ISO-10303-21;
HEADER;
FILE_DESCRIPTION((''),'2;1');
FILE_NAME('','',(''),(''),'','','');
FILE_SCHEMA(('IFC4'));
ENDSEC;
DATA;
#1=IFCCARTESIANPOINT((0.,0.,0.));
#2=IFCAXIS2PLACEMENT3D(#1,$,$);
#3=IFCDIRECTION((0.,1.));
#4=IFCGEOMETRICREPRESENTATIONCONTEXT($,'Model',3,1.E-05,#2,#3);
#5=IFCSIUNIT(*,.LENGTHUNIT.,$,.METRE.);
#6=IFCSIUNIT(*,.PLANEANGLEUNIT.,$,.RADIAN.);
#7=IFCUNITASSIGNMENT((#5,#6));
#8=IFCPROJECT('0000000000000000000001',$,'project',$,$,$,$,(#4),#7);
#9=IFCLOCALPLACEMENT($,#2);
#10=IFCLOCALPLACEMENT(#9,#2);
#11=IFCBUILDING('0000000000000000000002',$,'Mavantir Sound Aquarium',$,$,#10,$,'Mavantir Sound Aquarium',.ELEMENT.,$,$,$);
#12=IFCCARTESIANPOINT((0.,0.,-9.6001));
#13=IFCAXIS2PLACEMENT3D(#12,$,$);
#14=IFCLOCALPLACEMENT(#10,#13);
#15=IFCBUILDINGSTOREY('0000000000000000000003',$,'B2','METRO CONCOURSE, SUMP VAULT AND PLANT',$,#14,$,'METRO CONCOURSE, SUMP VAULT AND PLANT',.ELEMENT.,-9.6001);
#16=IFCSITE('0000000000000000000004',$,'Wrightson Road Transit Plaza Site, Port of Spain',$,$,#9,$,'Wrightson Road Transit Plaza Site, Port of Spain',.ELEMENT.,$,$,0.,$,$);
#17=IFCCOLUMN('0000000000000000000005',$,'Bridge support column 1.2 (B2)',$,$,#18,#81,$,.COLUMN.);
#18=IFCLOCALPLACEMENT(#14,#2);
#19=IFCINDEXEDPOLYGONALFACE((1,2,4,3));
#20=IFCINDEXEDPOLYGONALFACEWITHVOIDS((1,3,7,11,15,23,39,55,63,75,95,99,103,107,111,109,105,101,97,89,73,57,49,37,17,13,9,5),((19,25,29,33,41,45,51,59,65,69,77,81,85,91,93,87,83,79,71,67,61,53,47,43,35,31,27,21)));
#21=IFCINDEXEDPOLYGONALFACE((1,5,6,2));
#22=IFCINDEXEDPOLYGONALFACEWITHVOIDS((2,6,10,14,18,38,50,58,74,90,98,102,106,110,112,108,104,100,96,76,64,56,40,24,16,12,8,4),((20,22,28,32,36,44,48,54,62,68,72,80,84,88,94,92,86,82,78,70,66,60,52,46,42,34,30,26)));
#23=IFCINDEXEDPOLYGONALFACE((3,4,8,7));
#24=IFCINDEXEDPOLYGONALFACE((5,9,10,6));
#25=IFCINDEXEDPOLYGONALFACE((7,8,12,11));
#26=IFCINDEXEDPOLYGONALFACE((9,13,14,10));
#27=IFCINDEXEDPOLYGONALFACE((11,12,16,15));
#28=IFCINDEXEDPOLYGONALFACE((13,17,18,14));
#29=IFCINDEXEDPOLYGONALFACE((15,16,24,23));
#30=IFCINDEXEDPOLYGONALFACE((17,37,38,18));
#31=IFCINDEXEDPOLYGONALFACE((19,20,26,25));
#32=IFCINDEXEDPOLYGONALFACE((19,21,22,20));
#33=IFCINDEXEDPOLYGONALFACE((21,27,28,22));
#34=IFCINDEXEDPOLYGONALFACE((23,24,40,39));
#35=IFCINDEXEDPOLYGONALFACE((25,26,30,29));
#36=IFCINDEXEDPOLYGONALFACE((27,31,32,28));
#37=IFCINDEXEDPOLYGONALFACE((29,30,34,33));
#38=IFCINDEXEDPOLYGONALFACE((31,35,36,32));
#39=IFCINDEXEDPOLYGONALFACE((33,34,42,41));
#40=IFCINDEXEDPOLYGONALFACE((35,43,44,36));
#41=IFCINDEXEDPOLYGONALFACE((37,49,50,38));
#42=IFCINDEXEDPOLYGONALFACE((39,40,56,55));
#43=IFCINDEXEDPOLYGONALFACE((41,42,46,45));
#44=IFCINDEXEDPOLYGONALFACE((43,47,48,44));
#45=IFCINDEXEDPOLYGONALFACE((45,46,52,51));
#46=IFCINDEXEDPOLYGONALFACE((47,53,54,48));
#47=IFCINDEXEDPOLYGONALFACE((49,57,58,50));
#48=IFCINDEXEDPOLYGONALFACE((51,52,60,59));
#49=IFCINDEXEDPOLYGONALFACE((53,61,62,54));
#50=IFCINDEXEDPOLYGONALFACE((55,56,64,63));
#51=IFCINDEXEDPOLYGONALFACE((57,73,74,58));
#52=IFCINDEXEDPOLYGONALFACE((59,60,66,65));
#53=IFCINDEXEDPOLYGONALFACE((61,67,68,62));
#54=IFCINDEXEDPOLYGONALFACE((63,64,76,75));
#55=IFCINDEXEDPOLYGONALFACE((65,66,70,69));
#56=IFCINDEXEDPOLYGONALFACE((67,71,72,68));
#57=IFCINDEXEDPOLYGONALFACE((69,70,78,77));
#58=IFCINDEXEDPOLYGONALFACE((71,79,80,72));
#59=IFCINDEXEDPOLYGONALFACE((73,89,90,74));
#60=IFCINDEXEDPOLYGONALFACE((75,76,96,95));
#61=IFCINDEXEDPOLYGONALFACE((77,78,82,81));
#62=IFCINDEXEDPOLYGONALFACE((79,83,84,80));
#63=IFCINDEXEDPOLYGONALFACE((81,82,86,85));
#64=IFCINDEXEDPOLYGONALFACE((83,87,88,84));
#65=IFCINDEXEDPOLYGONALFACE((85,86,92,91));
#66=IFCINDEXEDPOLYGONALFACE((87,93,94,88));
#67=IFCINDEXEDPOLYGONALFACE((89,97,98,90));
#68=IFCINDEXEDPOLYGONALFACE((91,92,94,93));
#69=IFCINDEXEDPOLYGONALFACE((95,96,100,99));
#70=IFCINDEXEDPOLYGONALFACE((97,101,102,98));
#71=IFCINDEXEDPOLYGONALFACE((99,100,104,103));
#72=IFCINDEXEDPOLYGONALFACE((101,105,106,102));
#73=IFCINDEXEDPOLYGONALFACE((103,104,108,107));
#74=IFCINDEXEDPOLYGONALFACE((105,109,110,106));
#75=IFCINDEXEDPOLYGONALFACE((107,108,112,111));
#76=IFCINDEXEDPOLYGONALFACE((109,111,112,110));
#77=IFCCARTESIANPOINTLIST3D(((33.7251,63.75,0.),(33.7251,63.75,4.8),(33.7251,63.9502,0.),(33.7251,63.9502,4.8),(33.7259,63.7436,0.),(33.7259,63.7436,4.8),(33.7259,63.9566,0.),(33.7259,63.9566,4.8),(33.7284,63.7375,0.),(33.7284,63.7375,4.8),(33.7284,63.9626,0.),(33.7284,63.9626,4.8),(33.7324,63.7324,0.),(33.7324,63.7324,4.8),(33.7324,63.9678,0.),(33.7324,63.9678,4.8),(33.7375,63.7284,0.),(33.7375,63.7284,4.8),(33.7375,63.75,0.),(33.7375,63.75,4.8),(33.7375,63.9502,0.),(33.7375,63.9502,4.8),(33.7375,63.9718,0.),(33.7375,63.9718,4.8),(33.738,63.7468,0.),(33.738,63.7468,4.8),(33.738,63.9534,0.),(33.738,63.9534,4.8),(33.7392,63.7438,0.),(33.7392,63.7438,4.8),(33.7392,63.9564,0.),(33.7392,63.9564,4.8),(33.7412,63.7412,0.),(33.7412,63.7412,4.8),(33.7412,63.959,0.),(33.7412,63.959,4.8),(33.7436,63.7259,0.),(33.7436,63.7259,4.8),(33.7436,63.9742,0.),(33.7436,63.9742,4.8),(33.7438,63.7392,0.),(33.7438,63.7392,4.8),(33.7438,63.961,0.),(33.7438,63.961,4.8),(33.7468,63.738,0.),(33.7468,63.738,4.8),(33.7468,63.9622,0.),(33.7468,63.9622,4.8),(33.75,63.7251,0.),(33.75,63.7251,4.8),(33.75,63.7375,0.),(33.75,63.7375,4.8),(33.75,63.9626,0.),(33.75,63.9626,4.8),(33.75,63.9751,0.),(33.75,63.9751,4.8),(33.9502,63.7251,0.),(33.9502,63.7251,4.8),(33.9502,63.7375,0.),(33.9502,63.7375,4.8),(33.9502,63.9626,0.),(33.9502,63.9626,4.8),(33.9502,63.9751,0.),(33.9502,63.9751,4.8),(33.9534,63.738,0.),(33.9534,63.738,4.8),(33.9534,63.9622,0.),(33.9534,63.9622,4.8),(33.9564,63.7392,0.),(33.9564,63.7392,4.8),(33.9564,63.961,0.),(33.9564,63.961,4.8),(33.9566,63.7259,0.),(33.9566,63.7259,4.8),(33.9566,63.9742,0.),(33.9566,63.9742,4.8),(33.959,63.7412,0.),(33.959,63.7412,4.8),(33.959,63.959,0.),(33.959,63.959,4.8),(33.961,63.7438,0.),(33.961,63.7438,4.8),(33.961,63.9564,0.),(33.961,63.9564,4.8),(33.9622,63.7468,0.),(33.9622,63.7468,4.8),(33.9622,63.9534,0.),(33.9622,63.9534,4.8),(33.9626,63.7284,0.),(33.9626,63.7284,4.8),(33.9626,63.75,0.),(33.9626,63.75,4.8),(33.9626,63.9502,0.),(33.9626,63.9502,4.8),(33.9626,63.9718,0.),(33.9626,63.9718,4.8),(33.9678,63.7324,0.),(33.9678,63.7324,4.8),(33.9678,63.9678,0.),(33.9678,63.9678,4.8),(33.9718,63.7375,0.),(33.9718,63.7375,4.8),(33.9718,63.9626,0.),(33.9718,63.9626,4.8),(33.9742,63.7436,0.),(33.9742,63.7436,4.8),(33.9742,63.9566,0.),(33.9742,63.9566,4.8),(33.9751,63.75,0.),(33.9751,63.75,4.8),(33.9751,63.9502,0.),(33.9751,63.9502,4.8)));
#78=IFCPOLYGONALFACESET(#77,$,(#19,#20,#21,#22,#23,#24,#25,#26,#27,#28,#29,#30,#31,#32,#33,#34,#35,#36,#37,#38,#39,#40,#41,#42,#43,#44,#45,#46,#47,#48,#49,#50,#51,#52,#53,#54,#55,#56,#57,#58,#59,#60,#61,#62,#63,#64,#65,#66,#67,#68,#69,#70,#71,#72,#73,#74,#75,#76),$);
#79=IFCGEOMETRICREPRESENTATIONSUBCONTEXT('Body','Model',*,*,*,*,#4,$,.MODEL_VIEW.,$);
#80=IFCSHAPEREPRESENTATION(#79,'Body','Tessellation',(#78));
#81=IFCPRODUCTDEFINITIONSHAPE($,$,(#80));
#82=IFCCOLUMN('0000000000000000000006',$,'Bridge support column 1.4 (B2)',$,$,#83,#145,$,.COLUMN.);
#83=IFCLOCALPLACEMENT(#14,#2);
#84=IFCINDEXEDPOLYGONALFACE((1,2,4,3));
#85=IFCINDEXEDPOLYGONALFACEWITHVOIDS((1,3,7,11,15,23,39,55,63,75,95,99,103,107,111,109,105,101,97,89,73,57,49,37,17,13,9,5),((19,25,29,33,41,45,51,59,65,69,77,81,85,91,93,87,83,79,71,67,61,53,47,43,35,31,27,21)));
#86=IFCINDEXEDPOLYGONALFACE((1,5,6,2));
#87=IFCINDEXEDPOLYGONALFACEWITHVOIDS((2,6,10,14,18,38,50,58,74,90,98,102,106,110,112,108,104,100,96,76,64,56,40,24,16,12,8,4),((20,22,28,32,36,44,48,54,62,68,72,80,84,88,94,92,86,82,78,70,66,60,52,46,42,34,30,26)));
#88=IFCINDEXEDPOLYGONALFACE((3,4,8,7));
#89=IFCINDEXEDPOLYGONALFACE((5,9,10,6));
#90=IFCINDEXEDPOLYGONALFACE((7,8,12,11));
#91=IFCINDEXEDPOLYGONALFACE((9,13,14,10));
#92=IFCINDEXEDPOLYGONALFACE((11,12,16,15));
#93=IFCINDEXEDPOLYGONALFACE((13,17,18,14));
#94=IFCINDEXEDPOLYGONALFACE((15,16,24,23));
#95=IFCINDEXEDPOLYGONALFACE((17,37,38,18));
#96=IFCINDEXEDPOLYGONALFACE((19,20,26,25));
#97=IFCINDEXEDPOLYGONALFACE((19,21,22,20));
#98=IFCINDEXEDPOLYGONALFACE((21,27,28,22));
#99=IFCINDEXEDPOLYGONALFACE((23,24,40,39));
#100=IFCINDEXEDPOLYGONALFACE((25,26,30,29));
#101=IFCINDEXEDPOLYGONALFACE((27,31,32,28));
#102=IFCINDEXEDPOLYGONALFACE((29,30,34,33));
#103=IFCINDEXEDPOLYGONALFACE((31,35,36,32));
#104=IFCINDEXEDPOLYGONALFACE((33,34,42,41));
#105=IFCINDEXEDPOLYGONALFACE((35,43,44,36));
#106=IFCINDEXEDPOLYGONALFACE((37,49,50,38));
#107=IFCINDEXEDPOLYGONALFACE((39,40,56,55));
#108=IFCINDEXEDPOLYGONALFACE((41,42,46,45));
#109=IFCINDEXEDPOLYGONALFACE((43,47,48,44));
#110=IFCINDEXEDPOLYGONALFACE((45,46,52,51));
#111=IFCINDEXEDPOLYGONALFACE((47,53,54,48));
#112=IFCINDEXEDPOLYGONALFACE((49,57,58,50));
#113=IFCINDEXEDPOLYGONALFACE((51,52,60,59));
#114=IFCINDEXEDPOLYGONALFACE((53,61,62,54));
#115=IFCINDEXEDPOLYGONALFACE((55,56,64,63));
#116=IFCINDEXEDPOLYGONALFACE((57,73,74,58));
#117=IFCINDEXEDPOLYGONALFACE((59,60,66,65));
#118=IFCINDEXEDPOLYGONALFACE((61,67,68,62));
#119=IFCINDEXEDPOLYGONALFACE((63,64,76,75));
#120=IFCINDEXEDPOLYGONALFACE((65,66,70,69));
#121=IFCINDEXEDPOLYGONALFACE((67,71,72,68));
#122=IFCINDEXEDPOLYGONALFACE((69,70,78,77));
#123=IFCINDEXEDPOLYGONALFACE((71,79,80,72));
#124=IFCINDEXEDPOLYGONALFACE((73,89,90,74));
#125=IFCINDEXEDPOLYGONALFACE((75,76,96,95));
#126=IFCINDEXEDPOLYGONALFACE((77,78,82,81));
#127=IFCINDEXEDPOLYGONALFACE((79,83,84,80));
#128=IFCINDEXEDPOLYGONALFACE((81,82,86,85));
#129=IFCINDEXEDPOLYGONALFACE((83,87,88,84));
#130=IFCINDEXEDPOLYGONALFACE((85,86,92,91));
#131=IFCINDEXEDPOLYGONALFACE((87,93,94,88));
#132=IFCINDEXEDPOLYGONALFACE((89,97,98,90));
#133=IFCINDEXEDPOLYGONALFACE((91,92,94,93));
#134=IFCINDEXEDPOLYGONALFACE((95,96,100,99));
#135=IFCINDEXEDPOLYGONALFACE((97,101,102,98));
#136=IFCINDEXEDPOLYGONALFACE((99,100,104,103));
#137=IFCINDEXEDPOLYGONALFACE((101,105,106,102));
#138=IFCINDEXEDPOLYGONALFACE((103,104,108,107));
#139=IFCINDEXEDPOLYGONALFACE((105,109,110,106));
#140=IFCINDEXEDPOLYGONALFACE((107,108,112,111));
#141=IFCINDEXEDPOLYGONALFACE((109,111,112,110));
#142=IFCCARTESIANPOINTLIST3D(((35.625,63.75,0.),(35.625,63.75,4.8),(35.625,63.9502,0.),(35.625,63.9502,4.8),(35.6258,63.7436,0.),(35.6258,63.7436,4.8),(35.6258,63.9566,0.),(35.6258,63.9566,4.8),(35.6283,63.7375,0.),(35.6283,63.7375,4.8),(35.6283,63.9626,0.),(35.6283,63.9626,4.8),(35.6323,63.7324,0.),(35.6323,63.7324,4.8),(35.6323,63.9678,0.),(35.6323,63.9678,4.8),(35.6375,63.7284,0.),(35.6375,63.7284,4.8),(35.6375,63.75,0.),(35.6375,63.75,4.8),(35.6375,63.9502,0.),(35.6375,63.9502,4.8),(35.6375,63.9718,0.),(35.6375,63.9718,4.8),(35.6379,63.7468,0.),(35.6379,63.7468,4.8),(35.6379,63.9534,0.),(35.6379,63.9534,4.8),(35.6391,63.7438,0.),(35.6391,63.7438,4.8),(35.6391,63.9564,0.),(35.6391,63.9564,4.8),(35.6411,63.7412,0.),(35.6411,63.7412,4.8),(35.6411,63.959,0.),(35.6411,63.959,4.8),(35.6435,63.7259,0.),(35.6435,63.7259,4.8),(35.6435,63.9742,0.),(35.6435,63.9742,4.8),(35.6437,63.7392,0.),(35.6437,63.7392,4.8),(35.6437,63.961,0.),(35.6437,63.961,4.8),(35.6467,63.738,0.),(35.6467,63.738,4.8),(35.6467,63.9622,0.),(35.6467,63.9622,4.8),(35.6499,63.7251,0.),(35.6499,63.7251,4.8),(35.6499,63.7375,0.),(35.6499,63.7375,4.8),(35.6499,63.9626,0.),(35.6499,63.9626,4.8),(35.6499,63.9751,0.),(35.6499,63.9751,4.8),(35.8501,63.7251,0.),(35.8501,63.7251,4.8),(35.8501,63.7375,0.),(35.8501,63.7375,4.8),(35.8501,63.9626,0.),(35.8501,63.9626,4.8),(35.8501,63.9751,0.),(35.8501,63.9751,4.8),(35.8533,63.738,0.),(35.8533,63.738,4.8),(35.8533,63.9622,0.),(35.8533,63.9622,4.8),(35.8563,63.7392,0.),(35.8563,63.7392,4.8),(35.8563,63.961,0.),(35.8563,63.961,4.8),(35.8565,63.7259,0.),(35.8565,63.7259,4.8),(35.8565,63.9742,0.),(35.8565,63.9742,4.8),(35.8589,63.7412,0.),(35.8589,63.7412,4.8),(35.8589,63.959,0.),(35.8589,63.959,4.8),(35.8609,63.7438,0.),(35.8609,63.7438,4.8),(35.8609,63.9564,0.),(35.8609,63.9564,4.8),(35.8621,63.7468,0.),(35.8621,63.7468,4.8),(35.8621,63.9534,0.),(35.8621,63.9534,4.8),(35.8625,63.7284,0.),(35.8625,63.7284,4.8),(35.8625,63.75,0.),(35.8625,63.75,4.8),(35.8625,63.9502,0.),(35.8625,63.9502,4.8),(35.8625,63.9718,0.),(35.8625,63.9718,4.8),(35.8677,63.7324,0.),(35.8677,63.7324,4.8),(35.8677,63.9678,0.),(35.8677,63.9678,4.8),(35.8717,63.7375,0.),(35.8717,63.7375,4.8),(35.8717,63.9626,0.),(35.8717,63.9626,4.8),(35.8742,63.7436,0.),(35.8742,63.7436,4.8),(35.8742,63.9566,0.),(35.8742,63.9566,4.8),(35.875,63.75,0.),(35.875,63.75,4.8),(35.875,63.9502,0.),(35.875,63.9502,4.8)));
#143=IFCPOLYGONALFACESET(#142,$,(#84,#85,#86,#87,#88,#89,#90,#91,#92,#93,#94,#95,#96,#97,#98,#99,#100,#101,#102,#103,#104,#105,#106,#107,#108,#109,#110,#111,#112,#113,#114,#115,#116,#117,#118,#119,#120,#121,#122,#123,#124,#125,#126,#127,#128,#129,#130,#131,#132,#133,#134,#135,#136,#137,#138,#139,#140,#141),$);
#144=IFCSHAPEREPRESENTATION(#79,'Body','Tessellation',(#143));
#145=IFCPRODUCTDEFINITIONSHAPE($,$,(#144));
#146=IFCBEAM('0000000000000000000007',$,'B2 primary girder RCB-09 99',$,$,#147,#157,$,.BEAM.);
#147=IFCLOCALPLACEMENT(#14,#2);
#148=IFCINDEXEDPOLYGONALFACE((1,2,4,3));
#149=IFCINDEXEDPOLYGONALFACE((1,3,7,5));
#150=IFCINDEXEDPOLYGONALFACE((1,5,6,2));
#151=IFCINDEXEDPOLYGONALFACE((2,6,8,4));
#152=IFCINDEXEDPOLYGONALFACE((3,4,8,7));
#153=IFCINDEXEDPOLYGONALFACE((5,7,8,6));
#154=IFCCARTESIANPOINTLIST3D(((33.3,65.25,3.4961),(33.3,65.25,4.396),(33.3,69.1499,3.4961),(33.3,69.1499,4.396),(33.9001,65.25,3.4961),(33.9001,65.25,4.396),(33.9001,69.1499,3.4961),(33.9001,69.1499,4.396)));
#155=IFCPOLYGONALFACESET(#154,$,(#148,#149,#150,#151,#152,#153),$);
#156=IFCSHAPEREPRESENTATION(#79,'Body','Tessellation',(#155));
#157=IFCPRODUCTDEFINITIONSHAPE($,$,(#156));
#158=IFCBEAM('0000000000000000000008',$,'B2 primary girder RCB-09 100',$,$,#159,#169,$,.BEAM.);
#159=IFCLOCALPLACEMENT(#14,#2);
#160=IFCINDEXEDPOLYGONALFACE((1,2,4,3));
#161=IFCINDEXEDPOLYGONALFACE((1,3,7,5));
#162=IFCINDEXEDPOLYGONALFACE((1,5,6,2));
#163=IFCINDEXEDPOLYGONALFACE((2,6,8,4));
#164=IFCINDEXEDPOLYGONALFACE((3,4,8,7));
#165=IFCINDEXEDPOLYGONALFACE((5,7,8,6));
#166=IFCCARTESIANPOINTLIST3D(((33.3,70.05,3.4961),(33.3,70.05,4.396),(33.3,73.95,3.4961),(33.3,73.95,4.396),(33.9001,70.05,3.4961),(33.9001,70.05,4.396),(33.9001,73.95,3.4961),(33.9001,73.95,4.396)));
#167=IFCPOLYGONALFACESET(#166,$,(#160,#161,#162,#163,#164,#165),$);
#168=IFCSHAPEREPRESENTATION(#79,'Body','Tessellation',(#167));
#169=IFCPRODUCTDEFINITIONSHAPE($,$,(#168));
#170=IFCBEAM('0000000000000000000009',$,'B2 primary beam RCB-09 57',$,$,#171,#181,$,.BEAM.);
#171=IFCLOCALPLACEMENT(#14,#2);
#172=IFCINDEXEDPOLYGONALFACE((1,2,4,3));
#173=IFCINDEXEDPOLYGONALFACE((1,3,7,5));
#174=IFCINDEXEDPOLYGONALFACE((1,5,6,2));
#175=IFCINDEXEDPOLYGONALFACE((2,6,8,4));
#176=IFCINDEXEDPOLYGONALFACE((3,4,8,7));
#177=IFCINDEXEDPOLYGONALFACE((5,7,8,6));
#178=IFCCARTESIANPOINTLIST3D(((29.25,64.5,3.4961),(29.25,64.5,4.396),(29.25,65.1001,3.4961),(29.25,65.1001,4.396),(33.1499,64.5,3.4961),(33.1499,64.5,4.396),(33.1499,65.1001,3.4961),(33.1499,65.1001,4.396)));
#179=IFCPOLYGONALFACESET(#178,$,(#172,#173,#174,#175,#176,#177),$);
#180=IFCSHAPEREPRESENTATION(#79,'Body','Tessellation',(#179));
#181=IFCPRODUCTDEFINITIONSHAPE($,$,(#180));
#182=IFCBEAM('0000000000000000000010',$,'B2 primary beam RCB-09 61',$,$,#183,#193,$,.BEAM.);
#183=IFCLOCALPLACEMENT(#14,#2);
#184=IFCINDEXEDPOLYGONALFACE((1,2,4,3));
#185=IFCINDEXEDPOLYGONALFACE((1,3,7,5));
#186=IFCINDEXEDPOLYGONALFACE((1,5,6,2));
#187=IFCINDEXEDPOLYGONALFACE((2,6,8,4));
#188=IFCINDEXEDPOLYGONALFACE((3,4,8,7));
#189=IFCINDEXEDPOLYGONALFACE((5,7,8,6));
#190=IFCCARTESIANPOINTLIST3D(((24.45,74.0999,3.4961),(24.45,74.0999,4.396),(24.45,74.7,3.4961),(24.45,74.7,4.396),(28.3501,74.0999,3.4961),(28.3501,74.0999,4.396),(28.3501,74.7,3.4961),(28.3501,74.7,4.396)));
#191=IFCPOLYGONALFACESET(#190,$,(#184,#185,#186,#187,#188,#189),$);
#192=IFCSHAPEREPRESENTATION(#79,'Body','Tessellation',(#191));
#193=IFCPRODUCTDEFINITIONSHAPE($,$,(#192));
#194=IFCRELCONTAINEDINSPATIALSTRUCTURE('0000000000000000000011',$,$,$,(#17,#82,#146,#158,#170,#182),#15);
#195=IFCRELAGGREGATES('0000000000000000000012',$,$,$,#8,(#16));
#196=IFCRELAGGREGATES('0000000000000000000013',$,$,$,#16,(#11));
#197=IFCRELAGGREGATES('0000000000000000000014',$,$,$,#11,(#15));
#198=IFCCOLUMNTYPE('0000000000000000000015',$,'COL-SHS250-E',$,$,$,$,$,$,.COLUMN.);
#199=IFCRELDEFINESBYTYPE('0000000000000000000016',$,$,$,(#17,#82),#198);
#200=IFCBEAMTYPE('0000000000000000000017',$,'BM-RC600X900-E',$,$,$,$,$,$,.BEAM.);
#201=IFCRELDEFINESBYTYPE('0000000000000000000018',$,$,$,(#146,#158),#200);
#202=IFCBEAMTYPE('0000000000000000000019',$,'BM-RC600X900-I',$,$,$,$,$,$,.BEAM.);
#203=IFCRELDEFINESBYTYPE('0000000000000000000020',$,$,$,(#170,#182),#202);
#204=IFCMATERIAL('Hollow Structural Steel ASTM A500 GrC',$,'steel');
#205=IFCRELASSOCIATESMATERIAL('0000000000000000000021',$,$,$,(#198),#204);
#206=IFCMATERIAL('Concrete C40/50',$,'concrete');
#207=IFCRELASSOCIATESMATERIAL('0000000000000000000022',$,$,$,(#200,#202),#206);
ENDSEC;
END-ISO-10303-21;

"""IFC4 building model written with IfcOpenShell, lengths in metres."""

from ifc_helpers import new_model, si_unit, direction, frame, origin, origin_2d, place, context, subcontext, project, spatial, rectangle, hollow_rectangle, extrude, material, material_profile, profile_set, type_object, element, save


model = new_model("IFC4")

# Units and contexts
model_context = context("Model", 3, precision=1e-05, world=origin(), true_north=direction((0.0, 1.0)))
body_context = subcontext(model_context, "Body", "Model", "MODEL_VIEW")
ifc_project = project(units=[si_unit("LENGTHUNIT", "METRE"), si_unit("PLANEANGLEUNIT", "RADIAN")], contexts=[model_context])

# Site, building, storey
site_placement = place(None, origin())
site = spatial("IfcSite", under=ifc_project, at=site_placement, Name="Wrightson Road Transit Plaza Site, Port of Spain", LongName="Wrightson Road Transit Plaza Site, Port of Spain", CompositionType="ELEMENT", RefElevation=0.0)
building_placement = place(site_placement, origin())
building = spatial("IfcBuilding", under=site, at=building_placement, Name="Mavantir Sound Aquarium", LongName="Mavantir Sound Aquarium", CompositionType="ELEMENT")
storey_placement = place(building_placement, frame((0.0, 0.0, -9.6001)))
storey = spatial("IfcBuildingStorey", under=building, at=storey_placement, Name="B2", Description="METRO CONCOURSE, SUMP VAULT AND PLANT", LongName="METRO CONCOURSE, SUMP VAULT AND PLANT", CompositionType="ELEMENT", Elevation=-9.6001)

# Shared definitions
ifc_material_1 = material(Name="Concrete C40/50", Category="concrete")

# Columns
ifc_material_2 = material(Name="Hollow Structural Steel ASTM A500 GrC", Category="steel")
ifc_material_profile_1 = material_profile(ifc_material_2, hollow_rectangle(XDim=0.25, YDim=0.25, WallThickness=0.0125, InnerFilletRadius=0.0125, OuterFilletRadius=0.0249, at=origin_2d()), Name="SHS 250X250X12.5")
ifc_profile_set_1 = profile_set([ifc_material_profile_1], Name="Hollow Structural Steel ASTM A500 GrC")
column_type_1 = type_object("IfcColumnType", Name="COL-SHS250-E", PredefinedType="COLUMN", material=ifc_profile_set_1)
for number, where, z_axis, x_axis, name in (
    (1, (33.8501, 63.8501, 0.0), (0.0, 0.0, 1.0), (1.0, 0.0, 0.0), "Bridge support column 1.2 (B2)"),
    (2, (35.75, 63.8501, 0.0), (0.0, 0.0, 1.0), (1.0, 0.0, 0.0), "Bridge support column 1.4 (B2)"),
):
    element("IfcColumn", number, at=place(storey_placement, frame(where, z_axis=z_axis, x_axis=x_axis)), inside=storey, type_object=column_type_1, Name=name, PredefinedType="COLUMN", context=body_context, shape_type="SweptSolid", body=[
        extrude(hollow_rectangle(XDim=0.25, YDim=0.25, WallThickness=0.0125, InnerFilletRadius=0.0125, OuterFilletRadius=0.0249, at=origin_2d()), origin(), (0.0, 0.0, 1.0), 4.8),
    ])

# Beams
ifc_material_profile_2 = material_profile(ifc_material_1, rectangle(XDim=0.6001, YDim=0.8999, at=origin_2d()), Name="RC 600X900")
ifc_profile_set_2 = profile_set([ifc_material_profile_2], Name="Concrete C40/50")
beam_type_1 = type_object("IfcBeamType", Name="BM-RC600X900-E", PredefinedType="BEAM", material=ifc_profile_set_2)
for number, where, z_axis, x_axis, name in (
    (3, (33.6001, 65.25, 3.946), (0.0, 1.0, 0.0), (-1.0, 0.0, 0.0), "B2 primary girder RCB-09 99"),
    (4, (33.6001, 70.05, 3.946), (0.0, 1.0, 0.0), (-1.0, 0.0, 0.0), "B2 primary girder RCB-09 100"),
):
    element("IfcBeam", number, at=place(storey_placement, frame(where, z_axis=z_axis, x_axis=x_axis)), inside=storey, type_object=beam_type_1, Name=name, PredefinedType="BEAM", context=body_context, shape_type="SweptSolid", body=[
        extrude(rectangle(XDim=0.6001, YDim=0.8999, at=origin_2d()), origin(), (0.0, 0.0, 1.0), 3.8999),
    ])
ifc_material_profile_3 = material_profile(ifc_material_1, rectangle(XDim=0.6001, YDim=0.8999, at=origin_2d()), Name="RC 600X900")
ifc_profile_set_3 = profile_set([ifc_material_profile_3], Name="Concrete C40/50")
beam_type_2 = type_object("IfcBeamType", Name="BM-RC600X900-I", PredefinedType="BEAM", material=ifc_profile_set_3)
beam_1_placement = place(storey_placement, frame((29.25, 64.8, 3.946), z_axis=(1.0, 0.0, 0.0), x_axis=(0.0, 1.0, 0.0)))
element("IfcBeam", 5, at=beam_1_placement, inside=storey, type_object=beam_type_2, Name="B2 primary beam RCB-09 57", PredefinedType="BEAM", context=body_context, shape_type="SweptSolid", body=[
    extrude(rectangle(XDim=0.6001, YDim=0.8999, at=origin_2d()), origin(), (0.0, 0.0, 1.0), 3.8999),
])
beam_2_placement = place(storey_placement, frame((24.45, 74.3999, 3.946), z_axis=(1.0, 0.0, 0.0), x_axis=(0.0, 1.0, 0.0)))
element("IfcBeam", 6, at=beam_2_placement, inside=storey, type_object=beam_type_2, Name="B2 primary beam RCB-09 61", PredefinedType="BEAM", context=body_context, shape_type="SweptSolid", body=[
    extrude(rectangle(XDim=0.6001, YDim=0.8999, at=origin_2d()), origin(), (0.0, 0.0, 1.0), 3.9001),
])

save(model, "model.ifc")
